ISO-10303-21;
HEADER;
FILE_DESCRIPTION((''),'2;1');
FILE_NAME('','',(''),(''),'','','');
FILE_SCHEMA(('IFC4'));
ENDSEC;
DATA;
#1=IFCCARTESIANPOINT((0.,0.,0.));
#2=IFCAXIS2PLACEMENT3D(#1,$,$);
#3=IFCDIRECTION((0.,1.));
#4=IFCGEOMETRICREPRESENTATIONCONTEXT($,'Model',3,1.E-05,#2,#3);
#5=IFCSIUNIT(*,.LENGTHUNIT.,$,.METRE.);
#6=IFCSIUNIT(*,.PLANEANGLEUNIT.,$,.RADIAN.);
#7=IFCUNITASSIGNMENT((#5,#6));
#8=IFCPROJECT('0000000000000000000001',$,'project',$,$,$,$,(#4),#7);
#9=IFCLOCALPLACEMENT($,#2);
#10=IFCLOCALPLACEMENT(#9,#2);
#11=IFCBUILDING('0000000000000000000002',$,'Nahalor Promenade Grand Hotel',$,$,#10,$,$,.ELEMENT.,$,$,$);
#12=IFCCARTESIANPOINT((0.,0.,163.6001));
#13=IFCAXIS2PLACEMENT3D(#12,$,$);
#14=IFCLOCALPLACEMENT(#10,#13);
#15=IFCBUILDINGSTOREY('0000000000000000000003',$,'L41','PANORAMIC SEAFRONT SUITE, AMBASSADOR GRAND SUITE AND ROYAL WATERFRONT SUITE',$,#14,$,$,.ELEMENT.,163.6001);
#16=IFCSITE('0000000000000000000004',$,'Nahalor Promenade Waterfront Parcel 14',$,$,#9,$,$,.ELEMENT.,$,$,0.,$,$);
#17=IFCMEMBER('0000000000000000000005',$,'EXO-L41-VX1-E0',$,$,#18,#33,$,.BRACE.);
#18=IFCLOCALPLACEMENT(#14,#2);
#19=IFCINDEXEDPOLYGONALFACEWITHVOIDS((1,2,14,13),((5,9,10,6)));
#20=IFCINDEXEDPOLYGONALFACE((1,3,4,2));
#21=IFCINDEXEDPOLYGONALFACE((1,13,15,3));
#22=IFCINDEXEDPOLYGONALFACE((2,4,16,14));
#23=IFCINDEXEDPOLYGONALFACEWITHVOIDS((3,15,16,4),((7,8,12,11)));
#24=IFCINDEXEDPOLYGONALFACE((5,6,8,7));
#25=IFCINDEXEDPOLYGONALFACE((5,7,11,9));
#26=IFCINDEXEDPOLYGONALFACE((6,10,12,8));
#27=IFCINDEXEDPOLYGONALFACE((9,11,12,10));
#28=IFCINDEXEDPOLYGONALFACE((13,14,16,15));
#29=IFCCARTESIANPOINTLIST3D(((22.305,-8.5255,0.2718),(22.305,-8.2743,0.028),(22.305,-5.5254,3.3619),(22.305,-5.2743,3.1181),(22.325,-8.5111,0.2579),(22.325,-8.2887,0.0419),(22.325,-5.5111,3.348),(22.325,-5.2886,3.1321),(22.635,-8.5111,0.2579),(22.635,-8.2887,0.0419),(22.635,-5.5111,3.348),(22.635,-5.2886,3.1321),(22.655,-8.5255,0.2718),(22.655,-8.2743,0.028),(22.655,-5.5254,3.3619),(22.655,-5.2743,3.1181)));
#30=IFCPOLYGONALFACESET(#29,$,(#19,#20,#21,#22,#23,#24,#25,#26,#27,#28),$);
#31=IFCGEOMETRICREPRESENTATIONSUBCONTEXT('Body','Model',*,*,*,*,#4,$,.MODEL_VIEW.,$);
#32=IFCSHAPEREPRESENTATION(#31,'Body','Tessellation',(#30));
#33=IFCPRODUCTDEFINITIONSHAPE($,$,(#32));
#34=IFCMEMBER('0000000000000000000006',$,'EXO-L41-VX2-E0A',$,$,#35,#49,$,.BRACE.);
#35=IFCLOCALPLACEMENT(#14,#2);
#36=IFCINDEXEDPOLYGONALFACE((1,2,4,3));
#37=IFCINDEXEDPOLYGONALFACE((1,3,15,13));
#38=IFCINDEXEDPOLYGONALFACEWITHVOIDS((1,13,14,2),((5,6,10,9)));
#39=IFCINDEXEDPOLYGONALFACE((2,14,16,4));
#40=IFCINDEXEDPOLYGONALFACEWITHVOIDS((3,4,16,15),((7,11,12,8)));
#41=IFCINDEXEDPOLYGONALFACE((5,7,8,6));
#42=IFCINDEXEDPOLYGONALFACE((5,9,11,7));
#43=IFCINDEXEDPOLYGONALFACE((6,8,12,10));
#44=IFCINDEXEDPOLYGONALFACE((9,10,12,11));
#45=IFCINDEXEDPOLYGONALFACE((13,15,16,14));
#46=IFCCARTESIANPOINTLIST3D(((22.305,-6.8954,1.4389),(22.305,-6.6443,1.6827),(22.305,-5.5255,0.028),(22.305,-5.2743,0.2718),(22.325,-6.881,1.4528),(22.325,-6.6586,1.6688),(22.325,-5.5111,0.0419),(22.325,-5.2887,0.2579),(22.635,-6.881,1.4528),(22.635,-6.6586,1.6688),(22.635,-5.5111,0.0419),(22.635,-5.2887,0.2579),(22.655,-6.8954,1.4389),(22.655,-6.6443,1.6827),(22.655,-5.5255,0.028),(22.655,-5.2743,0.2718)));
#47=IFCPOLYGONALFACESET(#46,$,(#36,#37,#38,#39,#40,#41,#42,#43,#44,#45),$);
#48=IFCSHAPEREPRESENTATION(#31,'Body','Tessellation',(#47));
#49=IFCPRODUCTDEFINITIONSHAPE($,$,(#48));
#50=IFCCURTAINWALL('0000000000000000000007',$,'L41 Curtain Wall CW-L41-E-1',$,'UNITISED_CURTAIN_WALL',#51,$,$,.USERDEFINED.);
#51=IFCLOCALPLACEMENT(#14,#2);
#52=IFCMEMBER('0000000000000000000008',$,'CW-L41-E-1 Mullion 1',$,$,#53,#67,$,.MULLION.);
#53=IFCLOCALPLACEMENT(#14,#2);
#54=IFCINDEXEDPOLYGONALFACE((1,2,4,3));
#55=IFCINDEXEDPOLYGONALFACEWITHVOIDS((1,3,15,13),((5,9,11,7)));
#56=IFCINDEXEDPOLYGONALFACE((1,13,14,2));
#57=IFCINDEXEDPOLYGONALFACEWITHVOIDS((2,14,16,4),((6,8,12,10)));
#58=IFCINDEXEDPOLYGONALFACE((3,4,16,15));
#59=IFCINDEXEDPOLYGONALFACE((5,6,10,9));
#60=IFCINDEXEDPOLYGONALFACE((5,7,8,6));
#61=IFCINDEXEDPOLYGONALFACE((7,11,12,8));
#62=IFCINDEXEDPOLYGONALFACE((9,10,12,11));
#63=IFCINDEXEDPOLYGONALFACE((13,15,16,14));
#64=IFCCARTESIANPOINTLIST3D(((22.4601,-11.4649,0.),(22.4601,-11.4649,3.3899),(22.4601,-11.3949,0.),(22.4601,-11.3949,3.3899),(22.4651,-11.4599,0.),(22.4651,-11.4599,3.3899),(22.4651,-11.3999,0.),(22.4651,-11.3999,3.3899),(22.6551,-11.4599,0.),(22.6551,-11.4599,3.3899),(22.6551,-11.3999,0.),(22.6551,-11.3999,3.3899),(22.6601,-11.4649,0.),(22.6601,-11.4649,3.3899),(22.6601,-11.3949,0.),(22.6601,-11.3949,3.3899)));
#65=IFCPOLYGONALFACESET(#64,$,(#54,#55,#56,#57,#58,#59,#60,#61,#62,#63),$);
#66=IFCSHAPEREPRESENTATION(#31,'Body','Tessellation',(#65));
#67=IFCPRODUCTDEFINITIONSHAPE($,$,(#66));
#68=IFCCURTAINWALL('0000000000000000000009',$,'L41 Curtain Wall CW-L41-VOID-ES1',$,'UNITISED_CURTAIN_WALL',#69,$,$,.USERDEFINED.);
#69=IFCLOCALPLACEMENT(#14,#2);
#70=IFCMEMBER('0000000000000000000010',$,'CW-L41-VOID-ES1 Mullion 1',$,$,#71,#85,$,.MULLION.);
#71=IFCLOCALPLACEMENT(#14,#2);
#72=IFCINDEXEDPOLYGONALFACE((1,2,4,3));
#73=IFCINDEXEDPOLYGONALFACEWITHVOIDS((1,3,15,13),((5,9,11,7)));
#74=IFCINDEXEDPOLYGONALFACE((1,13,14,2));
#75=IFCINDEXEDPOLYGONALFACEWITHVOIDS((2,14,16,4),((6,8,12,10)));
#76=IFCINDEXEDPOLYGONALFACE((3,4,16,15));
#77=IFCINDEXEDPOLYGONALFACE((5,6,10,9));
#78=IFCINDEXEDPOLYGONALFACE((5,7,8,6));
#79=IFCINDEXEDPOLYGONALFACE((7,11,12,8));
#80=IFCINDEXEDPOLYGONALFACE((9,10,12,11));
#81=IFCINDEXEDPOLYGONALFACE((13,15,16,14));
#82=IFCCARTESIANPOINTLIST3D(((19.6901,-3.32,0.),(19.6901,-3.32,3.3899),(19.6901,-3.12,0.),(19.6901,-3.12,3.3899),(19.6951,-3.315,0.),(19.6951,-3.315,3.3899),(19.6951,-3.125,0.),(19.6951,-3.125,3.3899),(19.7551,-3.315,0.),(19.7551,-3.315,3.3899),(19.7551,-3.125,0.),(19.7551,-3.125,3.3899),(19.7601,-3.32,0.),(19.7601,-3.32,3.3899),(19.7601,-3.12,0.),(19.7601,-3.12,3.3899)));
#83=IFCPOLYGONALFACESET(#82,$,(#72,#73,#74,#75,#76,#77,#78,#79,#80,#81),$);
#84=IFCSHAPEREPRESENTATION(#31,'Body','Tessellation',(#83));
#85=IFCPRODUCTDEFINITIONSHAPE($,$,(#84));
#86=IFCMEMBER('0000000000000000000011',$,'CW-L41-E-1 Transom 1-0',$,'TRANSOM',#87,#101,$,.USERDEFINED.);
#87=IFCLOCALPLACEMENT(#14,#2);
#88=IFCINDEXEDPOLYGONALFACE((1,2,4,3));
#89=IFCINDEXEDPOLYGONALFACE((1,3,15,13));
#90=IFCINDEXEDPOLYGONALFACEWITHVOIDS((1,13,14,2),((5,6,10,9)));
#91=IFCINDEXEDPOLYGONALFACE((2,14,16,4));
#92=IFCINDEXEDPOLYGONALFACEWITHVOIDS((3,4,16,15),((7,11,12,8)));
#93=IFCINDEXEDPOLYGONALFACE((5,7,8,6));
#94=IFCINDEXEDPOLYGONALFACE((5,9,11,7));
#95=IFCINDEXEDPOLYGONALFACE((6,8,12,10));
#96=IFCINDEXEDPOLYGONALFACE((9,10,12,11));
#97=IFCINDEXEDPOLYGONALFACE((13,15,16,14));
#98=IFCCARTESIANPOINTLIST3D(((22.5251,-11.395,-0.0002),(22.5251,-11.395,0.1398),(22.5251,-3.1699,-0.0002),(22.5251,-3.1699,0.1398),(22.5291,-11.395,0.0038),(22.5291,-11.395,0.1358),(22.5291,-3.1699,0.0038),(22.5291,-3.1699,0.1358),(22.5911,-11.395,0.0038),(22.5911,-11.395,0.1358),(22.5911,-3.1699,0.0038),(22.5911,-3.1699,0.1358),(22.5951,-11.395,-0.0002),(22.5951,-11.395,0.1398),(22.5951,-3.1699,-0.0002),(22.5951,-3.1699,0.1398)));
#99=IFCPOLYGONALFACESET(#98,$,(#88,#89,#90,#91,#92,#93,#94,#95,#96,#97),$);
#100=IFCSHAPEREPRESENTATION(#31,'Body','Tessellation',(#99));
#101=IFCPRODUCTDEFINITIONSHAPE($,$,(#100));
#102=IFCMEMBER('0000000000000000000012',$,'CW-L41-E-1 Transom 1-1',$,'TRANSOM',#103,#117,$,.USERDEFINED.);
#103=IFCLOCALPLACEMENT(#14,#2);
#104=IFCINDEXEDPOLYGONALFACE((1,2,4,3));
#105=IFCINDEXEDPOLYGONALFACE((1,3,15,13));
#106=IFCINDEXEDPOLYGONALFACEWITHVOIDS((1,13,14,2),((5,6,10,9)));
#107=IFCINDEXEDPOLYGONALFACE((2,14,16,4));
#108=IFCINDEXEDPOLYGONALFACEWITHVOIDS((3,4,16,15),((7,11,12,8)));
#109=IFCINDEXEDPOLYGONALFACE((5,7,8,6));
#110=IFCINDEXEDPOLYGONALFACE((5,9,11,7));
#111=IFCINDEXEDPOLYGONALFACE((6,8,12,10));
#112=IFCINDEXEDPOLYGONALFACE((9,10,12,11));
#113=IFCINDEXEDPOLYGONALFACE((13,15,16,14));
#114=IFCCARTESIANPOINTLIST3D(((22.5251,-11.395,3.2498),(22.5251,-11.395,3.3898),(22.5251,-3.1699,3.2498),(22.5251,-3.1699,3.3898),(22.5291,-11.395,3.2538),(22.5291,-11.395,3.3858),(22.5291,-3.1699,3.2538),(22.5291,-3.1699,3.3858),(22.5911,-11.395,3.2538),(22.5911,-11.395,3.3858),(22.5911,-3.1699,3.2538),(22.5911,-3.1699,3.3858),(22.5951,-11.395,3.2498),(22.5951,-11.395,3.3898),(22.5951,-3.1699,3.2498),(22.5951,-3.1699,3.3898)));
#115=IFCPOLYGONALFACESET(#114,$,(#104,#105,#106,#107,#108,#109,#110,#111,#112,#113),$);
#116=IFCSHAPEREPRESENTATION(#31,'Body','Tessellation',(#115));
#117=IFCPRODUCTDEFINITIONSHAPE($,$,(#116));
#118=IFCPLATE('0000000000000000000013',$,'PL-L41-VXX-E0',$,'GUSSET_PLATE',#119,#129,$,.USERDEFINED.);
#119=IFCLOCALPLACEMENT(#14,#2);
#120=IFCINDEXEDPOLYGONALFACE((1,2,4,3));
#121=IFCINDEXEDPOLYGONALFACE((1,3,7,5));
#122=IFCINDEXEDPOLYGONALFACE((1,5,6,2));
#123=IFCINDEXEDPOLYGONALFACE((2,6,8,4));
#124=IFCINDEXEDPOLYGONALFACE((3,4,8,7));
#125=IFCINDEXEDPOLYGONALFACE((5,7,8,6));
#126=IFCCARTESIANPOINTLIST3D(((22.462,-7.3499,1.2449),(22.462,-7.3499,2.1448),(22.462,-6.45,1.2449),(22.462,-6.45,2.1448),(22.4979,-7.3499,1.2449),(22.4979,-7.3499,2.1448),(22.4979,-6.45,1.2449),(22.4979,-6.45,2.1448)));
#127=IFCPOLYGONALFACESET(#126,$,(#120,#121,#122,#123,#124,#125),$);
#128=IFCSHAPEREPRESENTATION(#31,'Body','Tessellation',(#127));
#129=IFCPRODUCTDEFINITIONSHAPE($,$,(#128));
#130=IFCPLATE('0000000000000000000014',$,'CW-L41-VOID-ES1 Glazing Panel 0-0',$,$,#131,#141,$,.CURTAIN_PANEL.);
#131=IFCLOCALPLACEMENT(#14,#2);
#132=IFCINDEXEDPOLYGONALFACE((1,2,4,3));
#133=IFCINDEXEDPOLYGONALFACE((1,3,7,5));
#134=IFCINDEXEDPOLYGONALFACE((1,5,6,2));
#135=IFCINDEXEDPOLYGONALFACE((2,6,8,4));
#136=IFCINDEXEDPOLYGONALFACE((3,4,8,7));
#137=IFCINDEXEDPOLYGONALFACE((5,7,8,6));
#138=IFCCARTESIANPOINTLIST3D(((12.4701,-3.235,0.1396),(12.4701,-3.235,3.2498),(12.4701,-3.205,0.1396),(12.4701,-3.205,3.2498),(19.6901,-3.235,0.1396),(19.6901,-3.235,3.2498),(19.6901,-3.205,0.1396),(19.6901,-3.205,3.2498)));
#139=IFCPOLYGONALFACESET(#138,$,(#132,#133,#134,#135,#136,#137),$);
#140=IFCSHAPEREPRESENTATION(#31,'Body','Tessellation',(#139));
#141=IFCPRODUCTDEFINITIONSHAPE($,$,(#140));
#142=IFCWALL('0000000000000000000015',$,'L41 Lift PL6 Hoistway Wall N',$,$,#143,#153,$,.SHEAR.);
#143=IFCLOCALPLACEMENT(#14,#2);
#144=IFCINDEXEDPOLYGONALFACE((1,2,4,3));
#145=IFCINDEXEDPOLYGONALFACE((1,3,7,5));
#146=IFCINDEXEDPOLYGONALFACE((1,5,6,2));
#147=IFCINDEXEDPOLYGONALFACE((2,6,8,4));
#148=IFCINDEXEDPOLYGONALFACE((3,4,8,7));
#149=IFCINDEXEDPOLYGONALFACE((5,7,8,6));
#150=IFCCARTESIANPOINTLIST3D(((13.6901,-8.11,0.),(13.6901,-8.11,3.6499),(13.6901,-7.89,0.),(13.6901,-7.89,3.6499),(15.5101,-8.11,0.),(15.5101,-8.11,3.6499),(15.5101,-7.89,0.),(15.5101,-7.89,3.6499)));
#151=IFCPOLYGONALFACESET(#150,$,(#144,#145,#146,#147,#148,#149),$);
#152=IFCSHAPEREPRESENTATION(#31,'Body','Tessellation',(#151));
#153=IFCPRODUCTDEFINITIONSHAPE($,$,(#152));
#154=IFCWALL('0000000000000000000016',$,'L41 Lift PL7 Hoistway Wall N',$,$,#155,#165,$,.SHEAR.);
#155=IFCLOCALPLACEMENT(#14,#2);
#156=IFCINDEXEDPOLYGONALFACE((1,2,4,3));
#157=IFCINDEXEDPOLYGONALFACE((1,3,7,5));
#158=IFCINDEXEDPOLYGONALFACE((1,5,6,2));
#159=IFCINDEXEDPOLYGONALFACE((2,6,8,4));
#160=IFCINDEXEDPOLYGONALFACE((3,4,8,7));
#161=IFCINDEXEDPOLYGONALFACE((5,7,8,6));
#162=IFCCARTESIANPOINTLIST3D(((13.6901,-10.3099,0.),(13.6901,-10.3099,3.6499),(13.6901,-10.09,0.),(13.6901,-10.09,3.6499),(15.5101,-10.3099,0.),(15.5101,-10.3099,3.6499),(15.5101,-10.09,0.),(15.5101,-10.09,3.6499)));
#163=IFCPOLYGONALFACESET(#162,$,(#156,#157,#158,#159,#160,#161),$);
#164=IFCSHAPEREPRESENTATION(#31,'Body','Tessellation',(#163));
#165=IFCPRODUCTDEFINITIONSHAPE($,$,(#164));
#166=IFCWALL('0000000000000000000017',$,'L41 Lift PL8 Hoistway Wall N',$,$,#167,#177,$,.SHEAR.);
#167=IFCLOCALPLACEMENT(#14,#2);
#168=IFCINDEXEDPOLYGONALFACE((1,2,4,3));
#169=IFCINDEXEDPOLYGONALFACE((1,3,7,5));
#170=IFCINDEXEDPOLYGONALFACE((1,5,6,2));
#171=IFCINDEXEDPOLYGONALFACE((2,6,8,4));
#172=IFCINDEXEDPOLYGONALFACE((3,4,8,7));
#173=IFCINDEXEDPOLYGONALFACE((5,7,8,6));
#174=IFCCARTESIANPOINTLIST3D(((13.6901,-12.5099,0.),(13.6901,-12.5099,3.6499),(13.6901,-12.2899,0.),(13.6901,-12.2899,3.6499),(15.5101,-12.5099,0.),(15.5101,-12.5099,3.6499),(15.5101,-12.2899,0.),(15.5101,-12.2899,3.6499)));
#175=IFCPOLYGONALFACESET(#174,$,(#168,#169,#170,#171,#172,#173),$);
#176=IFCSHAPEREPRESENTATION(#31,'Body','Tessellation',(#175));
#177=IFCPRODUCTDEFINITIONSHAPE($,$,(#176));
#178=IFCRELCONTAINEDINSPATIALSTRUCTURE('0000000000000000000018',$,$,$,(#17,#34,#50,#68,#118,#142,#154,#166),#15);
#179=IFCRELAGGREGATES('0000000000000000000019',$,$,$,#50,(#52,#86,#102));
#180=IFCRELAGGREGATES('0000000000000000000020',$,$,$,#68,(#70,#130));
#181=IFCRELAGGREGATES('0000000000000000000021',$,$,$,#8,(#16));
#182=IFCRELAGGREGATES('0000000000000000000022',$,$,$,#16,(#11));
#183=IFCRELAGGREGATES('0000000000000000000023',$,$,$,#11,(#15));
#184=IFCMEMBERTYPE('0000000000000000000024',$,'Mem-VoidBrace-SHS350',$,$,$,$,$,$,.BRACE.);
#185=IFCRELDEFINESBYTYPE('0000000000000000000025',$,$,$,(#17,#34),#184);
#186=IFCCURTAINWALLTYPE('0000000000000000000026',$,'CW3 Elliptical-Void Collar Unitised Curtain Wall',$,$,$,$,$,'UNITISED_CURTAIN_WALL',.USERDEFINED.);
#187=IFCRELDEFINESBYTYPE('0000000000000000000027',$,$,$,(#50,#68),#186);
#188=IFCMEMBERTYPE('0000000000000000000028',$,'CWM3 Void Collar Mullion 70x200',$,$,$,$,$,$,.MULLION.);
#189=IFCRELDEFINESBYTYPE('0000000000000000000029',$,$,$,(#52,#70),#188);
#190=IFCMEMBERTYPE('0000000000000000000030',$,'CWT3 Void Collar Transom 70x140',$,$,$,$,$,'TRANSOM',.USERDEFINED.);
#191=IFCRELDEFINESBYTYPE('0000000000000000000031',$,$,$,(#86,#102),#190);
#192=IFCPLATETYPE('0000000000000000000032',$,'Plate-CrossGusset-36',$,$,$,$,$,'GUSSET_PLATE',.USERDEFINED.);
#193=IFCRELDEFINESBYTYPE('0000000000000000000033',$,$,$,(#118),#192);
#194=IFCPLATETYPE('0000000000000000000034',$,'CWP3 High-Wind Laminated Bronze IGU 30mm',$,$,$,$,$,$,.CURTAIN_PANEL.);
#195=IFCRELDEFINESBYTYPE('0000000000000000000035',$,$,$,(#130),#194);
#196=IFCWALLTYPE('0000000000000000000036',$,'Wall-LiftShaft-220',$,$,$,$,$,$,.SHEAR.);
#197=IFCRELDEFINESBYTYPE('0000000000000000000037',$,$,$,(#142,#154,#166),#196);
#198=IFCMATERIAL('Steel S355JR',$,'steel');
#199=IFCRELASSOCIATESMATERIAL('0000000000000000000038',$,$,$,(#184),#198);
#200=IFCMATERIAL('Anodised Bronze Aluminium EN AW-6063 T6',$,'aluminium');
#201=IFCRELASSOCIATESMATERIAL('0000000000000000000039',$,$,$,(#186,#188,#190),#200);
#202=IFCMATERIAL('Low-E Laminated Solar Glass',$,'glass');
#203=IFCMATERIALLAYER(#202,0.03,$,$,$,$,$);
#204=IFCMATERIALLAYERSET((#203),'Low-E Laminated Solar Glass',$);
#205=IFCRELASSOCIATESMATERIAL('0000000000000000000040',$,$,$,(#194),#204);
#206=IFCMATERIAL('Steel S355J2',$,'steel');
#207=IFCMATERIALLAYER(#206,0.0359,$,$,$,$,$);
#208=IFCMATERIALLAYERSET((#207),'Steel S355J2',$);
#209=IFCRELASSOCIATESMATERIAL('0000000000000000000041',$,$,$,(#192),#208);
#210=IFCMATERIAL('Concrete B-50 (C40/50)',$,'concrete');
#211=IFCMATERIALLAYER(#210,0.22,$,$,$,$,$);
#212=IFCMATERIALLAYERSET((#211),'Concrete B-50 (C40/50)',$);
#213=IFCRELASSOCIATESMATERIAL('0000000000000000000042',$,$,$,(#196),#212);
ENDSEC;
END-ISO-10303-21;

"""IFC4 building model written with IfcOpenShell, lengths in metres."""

from ifc_helpers import new_model, si_unit, direction, frame, frame_2d, origin, origin_2d, place, context, subcontext, project, spatial, rectangle, hollow_rectangle, extrude, source, transform, mapped, material, layer, layer_set, material_profile, profile_set, type_object, element, aggregate, save


model = new_model("IFC4")

# Units and contexts
model_context = context("Model", 3, precision=1e-05, world=origin(), true_north=direction((0.0, 1.0)))
body_context = subcontext(model_context, "Body", "Model", "MODEL_VIEW")
ifc_project = project(units=[si_unit("LENGTHUNIT", "METRE"), si_unit("PLANEANGLEUNIT", "RADIAN")], contexts=[model_context])

# Site, building, storey
site_placement = place(None, origin())
site = spatial("IfcSite", under=ifc_project, at=site_placement, Name="Nahalor Promenade Waterfront Parcel 14", CompositionType="ELEMENT", RefElevation=0.0)
building_placement = place(site_placement, origin())
building = spatial("IfcBuilding", under=site, at=building_placement, Name="Nahalor Promenade Grand Hotel", CompositionType="ELEMENT")
storey_placement = place(building_placement, frame((0.0, 0.0, 163.6001)))
storey = spatial("IfcBuildingStorey", under=building, at=storey_placement, Name="L41", Description="PANORAMIC SEAFRONT SUITE, AMBASSADOR GRAND SUITE AND ROYAL WATERFRONT SUITE", CompositionType="ELEMENT", Elevation=163.6001)

# Shared definitions
ifc_material_1 = material(Name="Steel S355J2", Category="steel")

# Shared definitions
ifc_material_2 = material(Name="Steel S355JR", Category="steel")

# Members
ifc_material_profile_1 = material_profile(ifc_material_2, hollow_rectangle(XDim=0.35, YDim=0.35, WallThickness=0.02, at=origin_2d()), Name="SHS 350x350x20")
ifc_profile_set_1 = profile_set([ifc_material_profile_1], Name="Steel S355JR")
member_type_1 = type_object("IfcMemberType", Name="Mem-VoidBrace-SHS350", PredefinedType="BRACE", material=ifc_profile_set_1)
shared_shape_1 = source(origin(), body_context, "Body", "SweptSolid", [
    extrude(hollow_rectangle(XDim=0.35, YDim=0.35, WallThickness=0.02, at=origin_2d()), origin(), (0.0, 0.0, 1.0), 4.3069),
])
member_1_placement = place(storey_placement, frame((22.48, -8.3999, 0.1499), z_axis=(0.0, 0.696571, 0.717488), x_axis=(-1.0, 0.0, 0.0)))
element("IfcMember", 1, at=member_1_placement, inside=storey, type_object=member_type_1, Name="EXO-L41-VX1-E0", PredefinedType="BRACE", context=body_context, shape_type="MappedRepresentation", body=[
    mapped(shared_shape_1, transform((0.0, 0.0, 0.0), scale=1.0)),
])
shared_shape_2 = source(origin(), body_context, "Body", "SweptSolid", [
    extrude(hollow_rectangle(XDim=0.35, YDim=0.35, WallThickness=0.02, at=origin_2d()), origin(), (0.0, 0.0, 1.0), 1.9666),
])
member_2_placement = place(storey_placement, frame((22.48, -5.3999, 0.1499), z_axis=(0.0, -0.696601, 0.717458), x_axis=(1.0, 0.0, 0.0)))
element("IfcMember", 2, at=member_2_placement, inside=storey, type_object=member_type_1, Name="EXO-L41-VX2-E0A", PredefinedType="BRACE", context=body_context, shape_type="MappedRepresentation", body=[
    mapped(shared_shape_2, transform((0.0, 0.0, 0.0), scale=1.0)),
])

# Curtain walls, members
ifc_material_3 = material(Name="Anodised Bronze Aluminium EN AW-6063 T6", Category="aluminium")
curtain_wall_type = type_object("IfcCurtainWallType", Name="CW3 Elliptical-Void Collar Unitised Curtain Wall", ElementType="UNITISED_CURTAIN_WALL", PredefinedType="USERDEFINED", material=ifc_material_3)
curtain_wall_1_placement = place(storey_placement, origin())
curtain_wall_1 = element("IfcCurtainWall", 3, at=curtain_wall_1_placement, inside=storey, type_object=curtain_wall_type, Name="L41 Curtain Wall CW-L41-E-1", ObjectType="UNITISED_CURTAIN_WALL", PredefinedType="USERDEFINED")
ifc_material_profile_2 = material_profile(ifc_material_3, hollow_rectangle(XDim=0.07, YDim=0.2, WallThickness=0.005, at=origin_2d()), Name="CWM 70x200x5")
ifc_profile_set_2 = profile_set([ifc_material_profile_2], Name="Anodised Bronze Aluminium EN AW-6063 T6")
member_type_2 = type_object("IfcMemberType", Name="CWM3 Void Collar Mullion 70x200", PredefinedType="MULLION", material=ifc_profile_set_2)
shared_shape_3 = source(origin(), body_context, "Body", "SweptSolid", [
    extrude(hollow_rectangle(XDim=0.07, YDim=0.2, WallThickness=0.005, at=origin_2d()), origin(), (0.0, 0.0, 1.0), 3.3899),
])
member_3_placement = place(storey_placement, frame((22.5601, -11.4299, 0.0), z_axis=(0.0, 0.0, 1.0), x_axis=(0.0, 1.0, 0.0)))
member_3 = element("IfcMember", 4, at=member_3_placement, type_object=member_type_2, Name="CW-L41-E-1 Mullion 1", PredefinedType="MULLION", context=body_context, shape_type="MappedRepresentation", body=[
    mapped(shared_shape_3, transform((0.0, 0.0, 0.0), scale=1.0)),
])
curtain_wall_2_placement = place(storey_placement, origin())
curtain_wall_2 = element("IfcCurtainWall", 5, at=curtain_wall_2_placement, inside=storey, type_object=curtain_wall_type, Name="L41 Curtain Wall CW-L41-VOID-ES1", ObjectType="UNITISED_CURTAIN_WALL", PredefinedType="USERDEFINED")
member_4_placement = place(storey_placement, frame((19.7251, -3.22, 0.0), z_axis=(0.0, 0.0, 1.0), x_axis=(1.0, 0.0, 0.0)))
member_4 = element("IfcMember", 6, at=member_4_placement, type_object=member_type_2, Name="CW-L41-VOID-ES1 Mullion 1", PredefinedType="MULLION", context=body_context, shape_type="MappedRepresentation", body=[
    mapped(shared_shape_3, transform((0.0, 0.0, 0.0), scale=1.0)),
])

# Members
ifc_material_profile_3 = material_profile(ifc_material_3, hollow_rectangle(XDim=0.07, YDim=0.14, WallThickness=0.004, at=origin_2d()), Name="CWT 70x140x4")
ifc_profile_set_3 = profile_set([ifc_material_profile_3], Name="Anodised Bronze Aluminium EN AW-6063 T6")
member_type_3 = type_object("IfcMemberType", Name="CWT3 Void Collar Transom 70x140", ElementType="TRANSOM", PredefinedType="USERDEFINED", material=ifc_profile_set_3)
shared_shape_4 = source(origin(), body_context, "Body", "SweptSolid", [
    extrude(hollow_rectangle(XDim=0.07, YDim=0.14, WallThickness=0.004, at=origin_2d()), origin(), (0.0, 0.0, 1.0), 8.2251),
])
member_5_placement = place(storey_placement, frame((22.5601, -11.395, 0.0698), z_axis=(0.0, 1.0, 0.0), x_axis=(-1.0, 0.0, 0.0)))
member_5 = element("IfcMember", 7, at=member_5_placement, type_object=member_type_3, Name="CW-L41-E-1 Transom 1-0", ObjectType="TRANSOM", PredefinedType="USERDEFINED", context=body_context, shape_type="MappedRepresentation", body=[
    mapped(shared_shape_4, transform((0.0, 0.0, 0.0), scale=1.0)),
])
member_6_placement = place(storey_placement, frame((22.5601, -11.395, 3.3198), z_axis=(0.0, 1.0, 0.0), x_axis=(-1.0, 0.0, 0.0)))
member_6 = element("IfcMember", 8, at=member_6_placement, type_object=member_type_3, Name="CW-L41-E-1 Transom 1-1", ObjectType="TRANSOM", PredefinedType="USERDEFINED", context=body_context, shape_type="MappedRepresentation", body=[
    mapped(shared_shape_4, transform((0.0, 0.0, 0.0), scale=1.0)),
])

# Plates
ifc_material_4 = material(Name="Low-E Laminated Solar Glass", Category="glass")
ifc_layer_1 = layer(ifc_material_4, 0.03)
ifc_layer_set_1 = layer_set([ifc_layer_1], Name="Low-E Laminated Solar Glass")
plate_type_1 = type_object("IfcPlateType", Name="CWP3 High-Wind Laminated Bronze IGU 30mm", PredefinedType="CURTAIN_PANEL", material=ifc_layer_set_1)
aggregate(curtain_wall_1, [member_3, member_5, member_6])
ifc_layer_2 = layer(ifc_material_1, 0.0359)
ifc_layer_set_2 = layer_set([ifc_layer_2], Name="Steel S355J2")
plate_type_2 = type_object("IfcPlateType", Name="Plate-CrossGusset-36", ElementType="GUSSET_PLATE", PredefinedType="USERDEFINED", material=ifc_layer_set_2)
shared_shape_5 = source(origin(), body_context, "Body", "SweptSolid", [
    extrude(rectangle(XDim=0.8999, YDim=0.0359, at=origin_2d()), origin(), (0.0, 0.0, 1.0), 0.8999),
])
plate_1_placement = place(storey_placement, frame((22.48, -6.8999, 1.2449), z_axis=(0.0, 0.0, 1.0), x_axis=(0.0, 1.0, 0.0)))
element("IfcPlate", 9, at=plate_1_placement, inside=storey, type_object=plate_type_2, Name="PL-L41-VXX-E0", ObjectType="GUSSET_PLATE", PredefinedType="USERDEFINED", context=body_context, shape_type="MappedRepresentation", body=[
    mapped(shared_shape_5, transform((0.0, 0.0, 0.0), scale=1.0)),
])
shared_shape_6 = source(origin(), body_context, "Body", "SweptSolid", [
    extrude(rectangle(XDim=7.22, YDim=0.03, at=origin_2d()), origin(), (0.0, 0.0, 1.0), 3.1101),
])
plate_2_placement = place(storey_placement, frame((16.0801, -3.22, 0.1396), z_axis=(0.0, 0.0, 1.0), x_axis=(1.0, 0.0, 0.0)))
plate_2 = element("IfcPlate", 10, at=plate_2_placement, type_object=plate_type_1, Name="CW-L41-VOID-ES1 Glazing Panel 0-0", PredefinedType="CURTAIN_PANEL", context=body_context, shape_type="MappedRepresentation", body=[
    mapped(shared_shape_6, transform((0.0, 0.0, 0.0), scale=1.0)),
])
aggregate(curtain_wall_2, [member_4, plate_2])

# Walls
ifc_material_5 = material(Name="Concrete B-50 (C40/50)", Category="concrete")
ifc_layer_3 = layer(ifc_material_5, 0.22)
ifc_layer_set_3 = layer_set([ifc_layer_3], Name="Concrete B-50 (C40/50)")
wall_type_1 = type_object("IfcWallType", Name="Wall-LiftShaft-220", PredefinedType="SHEAR", material=ifc_layer_set_3)
shared_shape_7 = source(origin(), body_context, "Body", "SweptSolid", [
    extrude(rectangle(XDim=1.8201, YDim=0.22, at=frame_2d((0.9102, 0.0))), origin(), (0.0, 0.0, 1.0), 3.6499),
])
for number, where, z_axis, x_axis, name in (
    (11, (13.6899, -8.0, 0.0), (0.0, 0.0, 1.0), (1.0, 0.0, 0.0), "L41 Lift PL6 Hoistway Wall N"),
    (12, (13.6899, -10.2, 0.0), (0.0, 0.0, 1.0), (1.0, 0.0, 0.0), "L41 Lift PL7 Hoistway Wall N"),
    (13, (13.6899, -12.3999, 0.0), (0.0, 0.0, 1.0), (1.0, 0.0, 0.0), "L41 Lift PL8 Hoistway Wall N"),
):
    element("IfcWall", number, at=place(storey_placement, frame(where, z_axis=z_axis, x_axis=x_axis)), inside=storey, type_object=wall_type_1, Name=name, PredefinedType="SHEAR", context=body_context, shape_type="MappedRepresentation", body=[
        mapped(shared_shape_7, transform((0.0, 0.0, 0.0), scale=1.0)),
    ])

save(model, "model.ifc")
